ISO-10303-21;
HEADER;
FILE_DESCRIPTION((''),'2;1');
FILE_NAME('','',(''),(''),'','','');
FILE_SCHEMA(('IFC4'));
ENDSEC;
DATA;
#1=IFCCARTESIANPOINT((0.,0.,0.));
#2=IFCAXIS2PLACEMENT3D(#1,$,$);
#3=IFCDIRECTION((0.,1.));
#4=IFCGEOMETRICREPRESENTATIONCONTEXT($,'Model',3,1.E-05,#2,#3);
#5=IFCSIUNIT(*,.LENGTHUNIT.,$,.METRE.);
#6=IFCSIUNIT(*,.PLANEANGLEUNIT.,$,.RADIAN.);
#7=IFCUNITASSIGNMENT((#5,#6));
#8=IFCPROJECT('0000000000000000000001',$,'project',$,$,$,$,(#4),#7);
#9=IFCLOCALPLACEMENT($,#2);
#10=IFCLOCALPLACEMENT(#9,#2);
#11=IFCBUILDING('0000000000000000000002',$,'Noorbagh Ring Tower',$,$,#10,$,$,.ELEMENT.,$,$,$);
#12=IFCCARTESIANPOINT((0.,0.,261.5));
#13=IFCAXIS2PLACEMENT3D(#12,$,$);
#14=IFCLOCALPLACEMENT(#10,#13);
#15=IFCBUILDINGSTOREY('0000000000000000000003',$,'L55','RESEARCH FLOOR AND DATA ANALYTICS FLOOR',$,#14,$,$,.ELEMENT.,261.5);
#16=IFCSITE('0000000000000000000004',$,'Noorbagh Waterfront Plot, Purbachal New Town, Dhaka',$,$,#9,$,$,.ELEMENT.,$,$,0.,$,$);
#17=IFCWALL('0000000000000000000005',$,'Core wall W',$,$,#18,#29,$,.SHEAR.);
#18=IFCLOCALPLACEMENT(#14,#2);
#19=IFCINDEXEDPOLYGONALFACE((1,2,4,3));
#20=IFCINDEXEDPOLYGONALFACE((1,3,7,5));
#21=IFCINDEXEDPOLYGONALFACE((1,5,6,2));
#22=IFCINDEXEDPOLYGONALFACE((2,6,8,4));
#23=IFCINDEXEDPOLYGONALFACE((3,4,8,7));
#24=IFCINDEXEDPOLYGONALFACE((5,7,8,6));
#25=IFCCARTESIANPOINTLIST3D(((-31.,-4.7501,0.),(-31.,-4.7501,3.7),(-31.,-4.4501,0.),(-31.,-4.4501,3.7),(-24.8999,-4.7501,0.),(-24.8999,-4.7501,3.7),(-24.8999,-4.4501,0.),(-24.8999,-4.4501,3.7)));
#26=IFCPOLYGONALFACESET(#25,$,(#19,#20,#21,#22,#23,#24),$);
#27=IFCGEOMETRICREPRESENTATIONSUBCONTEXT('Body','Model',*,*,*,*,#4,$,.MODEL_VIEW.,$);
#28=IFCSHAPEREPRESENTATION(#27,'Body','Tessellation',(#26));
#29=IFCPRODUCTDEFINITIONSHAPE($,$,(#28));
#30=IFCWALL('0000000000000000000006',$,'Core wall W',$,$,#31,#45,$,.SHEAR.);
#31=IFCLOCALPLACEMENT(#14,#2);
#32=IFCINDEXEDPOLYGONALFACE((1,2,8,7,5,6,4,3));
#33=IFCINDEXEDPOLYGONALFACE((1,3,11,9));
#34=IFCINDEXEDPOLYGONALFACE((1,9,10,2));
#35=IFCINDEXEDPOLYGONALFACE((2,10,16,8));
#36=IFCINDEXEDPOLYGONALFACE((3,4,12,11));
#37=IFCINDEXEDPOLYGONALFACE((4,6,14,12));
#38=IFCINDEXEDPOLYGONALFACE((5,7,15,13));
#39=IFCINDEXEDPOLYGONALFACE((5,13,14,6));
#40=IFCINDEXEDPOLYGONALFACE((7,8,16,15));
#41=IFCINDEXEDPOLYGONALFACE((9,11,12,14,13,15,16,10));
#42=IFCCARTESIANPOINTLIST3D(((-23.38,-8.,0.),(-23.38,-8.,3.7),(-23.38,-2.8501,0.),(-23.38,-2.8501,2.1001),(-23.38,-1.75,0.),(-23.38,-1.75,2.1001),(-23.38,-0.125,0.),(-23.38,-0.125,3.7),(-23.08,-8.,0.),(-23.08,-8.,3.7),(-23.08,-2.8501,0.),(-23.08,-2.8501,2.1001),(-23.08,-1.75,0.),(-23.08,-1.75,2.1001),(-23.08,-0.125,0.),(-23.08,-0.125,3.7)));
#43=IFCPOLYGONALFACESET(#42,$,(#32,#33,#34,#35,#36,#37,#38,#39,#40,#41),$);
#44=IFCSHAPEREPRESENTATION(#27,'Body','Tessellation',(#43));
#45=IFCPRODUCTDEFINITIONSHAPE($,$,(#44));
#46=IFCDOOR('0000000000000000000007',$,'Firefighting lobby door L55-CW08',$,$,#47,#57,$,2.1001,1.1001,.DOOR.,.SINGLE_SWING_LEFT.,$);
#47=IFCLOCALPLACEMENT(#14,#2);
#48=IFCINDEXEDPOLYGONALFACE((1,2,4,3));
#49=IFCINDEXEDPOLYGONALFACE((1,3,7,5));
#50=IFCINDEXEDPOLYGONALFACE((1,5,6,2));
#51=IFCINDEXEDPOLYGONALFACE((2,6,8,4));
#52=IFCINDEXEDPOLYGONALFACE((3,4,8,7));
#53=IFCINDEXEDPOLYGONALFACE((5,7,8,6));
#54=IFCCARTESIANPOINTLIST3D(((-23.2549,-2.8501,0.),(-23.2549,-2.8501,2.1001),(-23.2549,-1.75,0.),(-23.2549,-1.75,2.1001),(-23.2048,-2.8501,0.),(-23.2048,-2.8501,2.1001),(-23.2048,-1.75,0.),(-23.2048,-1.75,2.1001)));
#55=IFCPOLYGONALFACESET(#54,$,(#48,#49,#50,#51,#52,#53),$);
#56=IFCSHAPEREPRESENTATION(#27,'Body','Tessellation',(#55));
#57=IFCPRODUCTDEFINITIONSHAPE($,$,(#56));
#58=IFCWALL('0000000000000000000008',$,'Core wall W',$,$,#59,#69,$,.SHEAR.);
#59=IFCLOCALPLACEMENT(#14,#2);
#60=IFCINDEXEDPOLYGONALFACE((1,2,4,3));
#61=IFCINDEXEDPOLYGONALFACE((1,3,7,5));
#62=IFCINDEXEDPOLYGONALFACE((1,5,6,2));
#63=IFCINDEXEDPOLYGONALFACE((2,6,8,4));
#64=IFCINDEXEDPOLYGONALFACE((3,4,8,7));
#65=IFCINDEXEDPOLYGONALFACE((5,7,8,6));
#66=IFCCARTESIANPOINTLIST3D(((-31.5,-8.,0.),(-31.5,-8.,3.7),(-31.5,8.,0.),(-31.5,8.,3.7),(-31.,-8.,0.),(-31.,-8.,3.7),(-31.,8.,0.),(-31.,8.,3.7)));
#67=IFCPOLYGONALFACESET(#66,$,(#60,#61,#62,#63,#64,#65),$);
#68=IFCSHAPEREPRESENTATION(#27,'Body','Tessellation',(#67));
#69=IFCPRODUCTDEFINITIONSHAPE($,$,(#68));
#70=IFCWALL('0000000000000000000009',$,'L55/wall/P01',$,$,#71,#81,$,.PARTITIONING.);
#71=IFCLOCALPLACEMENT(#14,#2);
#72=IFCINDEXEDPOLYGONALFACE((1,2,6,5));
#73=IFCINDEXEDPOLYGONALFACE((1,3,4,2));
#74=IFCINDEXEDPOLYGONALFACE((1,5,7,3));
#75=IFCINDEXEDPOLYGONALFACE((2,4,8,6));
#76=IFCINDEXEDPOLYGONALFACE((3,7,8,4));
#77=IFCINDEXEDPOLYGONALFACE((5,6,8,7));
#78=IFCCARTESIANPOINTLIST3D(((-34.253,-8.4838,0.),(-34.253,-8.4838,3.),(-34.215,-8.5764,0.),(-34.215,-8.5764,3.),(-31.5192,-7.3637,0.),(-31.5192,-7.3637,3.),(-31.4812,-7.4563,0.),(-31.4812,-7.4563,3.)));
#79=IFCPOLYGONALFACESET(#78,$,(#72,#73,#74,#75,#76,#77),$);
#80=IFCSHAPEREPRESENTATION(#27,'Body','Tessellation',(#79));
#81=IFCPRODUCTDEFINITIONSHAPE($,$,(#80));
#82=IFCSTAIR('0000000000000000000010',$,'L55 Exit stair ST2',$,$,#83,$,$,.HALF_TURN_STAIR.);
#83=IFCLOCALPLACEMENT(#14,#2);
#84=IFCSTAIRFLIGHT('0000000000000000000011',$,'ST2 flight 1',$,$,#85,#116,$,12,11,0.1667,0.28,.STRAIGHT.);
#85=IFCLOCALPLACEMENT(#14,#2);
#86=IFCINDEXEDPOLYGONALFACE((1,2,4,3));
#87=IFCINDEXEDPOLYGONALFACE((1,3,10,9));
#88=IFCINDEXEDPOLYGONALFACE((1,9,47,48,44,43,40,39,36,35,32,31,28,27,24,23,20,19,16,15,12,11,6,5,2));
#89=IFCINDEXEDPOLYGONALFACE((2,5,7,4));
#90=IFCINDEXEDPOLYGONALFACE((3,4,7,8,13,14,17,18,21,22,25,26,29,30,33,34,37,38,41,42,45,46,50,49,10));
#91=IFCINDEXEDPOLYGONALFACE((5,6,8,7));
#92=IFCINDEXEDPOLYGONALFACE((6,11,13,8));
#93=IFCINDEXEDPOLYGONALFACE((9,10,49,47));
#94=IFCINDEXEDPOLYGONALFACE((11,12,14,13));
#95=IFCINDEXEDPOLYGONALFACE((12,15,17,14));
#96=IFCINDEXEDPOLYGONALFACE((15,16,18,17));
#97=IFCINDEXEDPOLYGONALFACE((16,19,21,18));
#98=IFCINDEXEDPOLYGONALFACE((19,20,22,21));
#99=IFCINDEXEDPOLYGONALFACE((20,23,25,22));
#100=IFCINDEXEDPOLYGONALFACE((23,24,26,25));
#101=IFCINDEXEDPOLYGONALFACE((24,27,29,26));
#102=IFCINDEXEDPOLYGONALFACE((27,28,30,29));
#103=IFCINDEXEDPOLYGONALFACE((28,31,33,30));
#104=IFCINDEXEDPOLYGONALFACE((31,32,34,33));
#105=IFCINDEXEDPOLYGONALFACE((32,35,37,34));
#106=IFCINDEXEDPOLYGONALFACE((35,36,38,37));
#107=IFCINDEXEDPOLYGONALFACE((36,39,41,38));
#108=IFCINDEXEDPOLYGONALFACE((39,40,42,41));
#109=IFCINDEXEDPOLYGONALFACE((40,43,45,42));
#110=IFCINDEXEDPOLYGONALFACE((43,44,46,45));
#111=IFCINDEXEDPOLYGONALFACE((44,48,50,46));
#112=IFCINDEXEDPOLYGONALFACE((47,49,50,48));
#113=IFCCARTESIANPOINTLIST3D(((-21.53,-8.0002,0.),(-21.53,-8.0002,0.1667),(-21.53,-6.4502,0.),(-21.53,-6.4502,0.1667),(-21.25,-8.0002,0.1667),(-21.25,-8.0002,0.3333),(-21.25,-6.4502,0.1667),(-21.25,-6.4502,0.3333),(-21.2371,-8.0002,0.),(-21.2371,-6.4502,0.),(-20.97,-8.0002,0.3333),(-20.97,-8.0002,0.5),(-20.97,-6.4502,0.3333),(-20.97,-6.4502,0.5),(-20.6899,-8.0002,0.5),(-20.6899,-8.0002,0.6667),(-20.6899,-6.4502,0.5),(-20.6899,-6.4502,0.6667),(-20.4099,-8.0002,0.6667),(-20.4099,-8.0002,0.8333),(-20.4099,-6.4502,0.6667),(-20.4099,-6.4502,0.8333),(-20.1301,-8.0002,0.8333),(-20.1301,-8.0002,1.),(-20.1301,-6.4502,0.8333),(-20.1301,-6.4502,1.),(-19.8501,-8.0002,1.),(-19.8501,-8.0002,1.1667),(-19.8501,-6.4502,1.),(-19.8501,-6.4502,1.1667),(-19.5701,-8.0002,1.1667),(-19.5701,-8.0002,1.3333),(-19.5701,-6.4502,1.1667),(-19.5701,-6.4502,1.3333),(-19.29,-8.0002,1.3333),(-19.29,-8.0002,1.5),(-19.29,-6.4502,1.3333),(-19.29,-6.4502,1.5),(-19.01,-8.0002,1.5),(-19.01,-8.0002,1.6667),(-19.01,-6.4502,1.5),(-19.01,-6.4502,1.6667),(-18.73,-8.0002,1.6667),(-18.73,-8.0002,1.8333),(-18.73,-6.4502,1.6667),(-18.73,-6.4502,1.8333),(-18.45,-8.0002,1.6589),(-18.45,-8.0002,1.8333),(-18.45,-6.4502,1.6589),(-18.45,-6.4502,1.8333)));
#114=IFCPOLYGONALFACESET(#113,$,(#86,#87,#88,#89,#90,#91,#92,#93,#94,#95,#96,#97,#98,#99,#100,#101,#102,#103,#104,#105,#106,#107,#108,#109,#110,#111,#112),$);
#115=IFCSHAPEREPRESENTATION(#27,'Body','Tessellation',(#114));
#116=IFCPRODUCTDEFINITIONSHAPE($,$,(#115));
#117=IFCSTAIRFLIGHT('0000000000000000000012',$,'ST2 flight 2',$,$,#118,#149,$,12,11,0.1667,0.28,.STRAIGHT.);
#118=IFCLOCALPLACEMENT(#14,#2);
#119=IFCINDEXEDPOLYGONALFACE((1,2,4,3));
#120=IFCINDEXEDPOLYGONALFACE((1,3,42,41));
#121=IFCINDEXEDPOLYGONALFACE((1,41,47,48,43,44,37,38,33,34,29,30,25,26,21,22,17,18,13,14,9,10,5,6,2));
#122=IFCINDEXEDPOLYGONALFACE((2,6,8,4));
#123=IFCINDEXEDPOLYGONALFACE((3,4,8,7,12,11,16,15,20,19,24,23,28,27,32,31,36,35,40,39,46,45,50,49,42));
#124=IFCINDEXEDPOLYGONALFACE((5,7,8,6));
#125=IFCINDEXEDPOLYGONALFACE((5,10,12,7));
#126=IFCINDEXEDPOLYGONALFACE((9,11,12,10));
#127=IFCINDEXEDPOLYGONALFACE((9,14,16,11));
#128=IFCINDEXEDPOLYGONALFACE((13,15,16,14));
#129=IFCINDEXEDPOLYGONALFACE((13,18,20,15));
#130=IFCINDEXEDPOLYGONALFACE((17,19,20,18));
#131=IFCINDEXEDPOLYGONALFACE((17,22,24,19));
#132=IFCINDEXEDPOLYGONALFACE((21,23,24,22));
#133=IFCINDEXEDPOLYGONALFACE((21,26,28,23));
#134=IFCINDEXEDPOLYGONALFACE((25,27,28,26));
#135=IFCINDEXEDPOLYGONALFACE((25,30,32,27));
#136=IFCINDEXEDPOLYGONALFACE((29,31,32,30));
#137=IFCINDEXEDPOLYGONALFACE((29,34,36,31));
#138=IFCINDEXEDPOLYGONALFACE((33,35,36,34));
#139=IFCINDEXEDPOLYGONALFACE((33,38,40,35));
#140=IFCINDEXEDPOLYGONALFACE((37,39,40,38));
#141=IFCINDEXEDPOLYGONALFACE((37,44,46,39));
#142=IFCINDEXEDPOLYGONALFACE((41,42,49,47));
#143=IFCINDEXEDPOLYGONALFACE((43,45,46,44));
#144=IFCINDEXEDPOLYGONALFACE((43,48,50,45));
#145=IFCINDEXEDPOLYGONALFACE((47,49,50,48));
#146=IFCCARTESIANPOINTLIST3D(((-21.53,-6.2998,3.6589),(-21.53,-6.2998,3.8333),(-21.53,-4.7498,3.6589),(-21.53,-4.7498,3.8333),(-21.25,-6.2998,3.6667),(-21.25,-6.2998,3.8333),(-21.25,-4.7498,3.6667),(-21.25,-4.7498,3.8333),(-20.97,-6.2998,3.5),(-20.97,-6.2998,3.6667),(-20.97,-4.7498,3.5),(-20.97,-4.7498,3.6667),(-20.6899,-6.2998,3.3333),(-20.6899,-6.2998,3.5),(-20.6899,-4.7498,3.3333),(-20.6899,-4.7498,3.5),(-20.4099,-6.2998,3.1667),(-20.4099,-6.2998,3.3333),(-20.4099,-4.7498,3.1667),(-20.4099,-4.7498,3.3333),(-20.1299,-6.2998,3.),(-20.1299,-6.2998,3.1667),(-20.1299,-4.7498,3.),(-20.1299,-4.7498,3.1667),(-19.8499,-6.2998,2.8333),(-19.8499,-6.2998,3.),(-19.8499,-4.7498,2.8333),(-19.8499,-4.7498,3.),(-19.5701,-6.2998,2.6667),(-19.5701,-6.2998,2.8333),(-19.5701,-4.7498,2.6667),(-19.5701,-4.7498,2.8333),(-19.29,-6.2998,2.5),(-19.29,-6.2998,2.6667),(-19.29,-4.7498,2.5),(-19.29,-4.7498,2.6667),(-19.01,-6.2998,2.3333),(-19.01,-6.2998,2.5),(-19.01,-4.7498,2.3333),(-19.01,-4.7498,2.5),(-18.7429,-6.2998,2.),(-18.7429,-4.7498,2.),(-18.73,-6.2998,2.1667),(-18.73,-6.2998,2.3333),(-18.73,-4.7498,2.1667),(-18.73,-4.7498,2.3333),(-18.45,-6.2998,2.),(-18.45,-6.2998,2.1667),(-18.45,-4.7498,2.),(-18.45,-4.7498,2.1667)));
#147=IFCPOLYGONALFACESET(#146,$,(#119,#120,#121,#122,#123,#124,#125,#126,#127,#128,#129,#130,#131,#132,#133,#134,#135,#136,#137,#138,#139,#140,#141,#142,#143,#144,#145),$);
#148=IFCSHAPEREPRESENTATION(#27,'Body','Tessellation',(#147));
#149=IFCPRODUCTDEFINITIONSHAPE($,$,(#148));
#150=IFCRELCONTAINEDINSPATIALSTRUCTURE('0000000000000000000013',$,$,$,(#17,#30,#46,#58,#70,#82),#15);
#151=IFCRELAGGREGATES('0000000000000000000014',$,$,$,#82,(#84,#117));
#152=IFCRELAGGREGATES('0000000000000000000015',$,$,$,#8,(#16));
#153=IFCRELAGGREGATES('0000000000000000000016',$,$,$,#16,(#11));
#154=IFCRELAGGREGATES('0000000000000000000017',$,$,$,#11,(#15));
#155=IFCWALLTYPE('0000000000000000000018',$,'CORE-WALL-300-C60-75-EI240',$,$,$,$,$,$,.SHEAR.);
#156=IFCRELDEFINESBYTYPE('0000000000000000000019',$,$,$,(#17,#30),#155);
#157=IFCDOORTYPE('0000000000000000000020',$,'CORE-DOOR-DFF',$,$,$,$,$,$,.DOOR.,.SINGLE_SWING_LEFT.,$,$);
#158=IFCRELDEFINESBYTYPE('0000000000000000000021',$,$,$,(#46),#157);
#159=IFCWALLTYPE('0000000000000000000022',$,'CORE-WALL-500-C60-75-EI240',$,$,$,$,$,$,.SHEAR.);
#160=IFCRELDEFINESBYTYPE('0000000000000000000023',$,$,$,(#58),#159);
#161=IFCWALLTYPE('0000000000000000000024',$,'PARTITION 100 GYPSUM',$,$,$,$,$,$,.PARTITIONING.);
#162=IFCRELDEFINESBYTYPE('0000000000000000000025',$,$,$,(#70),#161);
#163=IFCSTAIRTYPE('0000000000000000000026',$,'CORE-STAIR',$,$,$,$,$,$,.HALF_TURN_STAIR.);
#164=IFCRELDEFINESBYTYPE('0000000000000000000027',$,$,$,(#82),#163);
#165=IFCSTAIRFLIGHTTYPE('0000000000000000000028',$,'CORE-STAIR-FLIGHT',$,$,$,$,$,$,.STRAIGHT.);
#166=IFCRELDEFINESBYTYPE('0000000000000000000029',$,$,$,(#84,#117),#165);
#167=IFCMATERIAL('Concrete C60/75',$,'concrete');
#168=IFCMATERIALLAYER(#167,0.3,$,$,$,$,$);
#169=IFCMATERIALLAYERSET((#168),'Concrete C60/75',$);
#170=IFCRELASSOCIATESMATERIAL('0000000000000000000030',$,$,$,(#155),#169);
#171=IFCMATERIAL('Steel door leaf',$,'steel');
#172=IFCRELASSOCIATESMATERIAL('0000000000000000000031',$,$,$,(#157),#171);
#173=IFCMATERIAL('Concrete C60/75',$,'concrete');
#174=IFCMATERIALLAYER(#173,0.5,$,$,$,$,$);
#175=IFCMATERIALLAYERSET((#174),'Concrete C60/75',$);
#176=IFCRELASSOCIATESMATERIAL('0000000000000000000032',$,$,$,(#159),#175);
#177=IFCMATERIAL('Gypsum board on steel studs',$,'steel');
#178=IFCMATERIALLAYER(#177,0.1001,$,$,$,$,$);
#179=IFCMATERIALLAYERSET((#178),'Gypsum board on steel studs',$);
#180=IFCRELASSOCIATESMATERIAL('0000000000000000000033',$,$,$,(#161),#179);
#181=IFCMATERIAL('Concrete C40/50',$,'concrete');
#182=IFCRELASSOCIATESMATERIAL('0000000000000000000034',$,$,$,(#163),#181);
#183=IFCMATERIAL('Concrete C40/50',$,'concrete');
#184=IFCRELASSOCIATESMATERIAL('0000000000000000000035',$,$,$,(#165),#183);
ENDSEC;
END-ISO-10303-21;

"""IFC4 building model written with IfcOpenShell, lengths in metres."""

from ifc_helpers import new_model, si_unit, direction, frame, frame_2d, origin, place, context, subcontext, project, spatial, polyline, rectangle, outline, extrude, material, layer, layer_set, type_object, element, fill, aggregate, save


model = new_model("IFC4")

# Units and contexts
model_context = context("Model", 3, precision=1e-05, world=origin(), true_north=direction((0.0, 1.0)))
body_context = subcontext(model_context, "Body", "Model", "MODEL_VIEW")
ifc_project = project(units=[si_unit("LENGTHUNIT", "METRE"), si_unit("PLANEANGLEUNIT", "RADIAN")], contexts=[model_context])

# Site, building, storey
site_placement = place(None, origin())
site = spatial("IfcSite", under=ifc_project, at=site_placement, Name="Noorbagh Waterfront Plot, Purbachal New Town, Dhaka", CompositionType="ELEMENT", RefElevation=0.0)
building_placement = place(site_placement, origin())
building = spatial("IfcBuilding", under=site, at=building_placement, Name="Noorbagh Ring Tower", CompositionType="ELEMENT")
storey_placement = place(building_placement, frame((0.0, 0.0, 261.5)))
storey = spatial("IfcBuildingStorey", under=building, at=storey_placement, Name="L55", Description="RESEARCH FLOOR AND DATA ANALYTICS FLOOR", CompositionType="ELEMENT", Elevation=261.5)

# Wall
ifc_material_1 = material(Name="Concrete C60/75", Category="concrete")
ifc_layer_1 = layer(ifc_material_1, 0.3)
ifc_layer_set_1 = layer_set([ifc_layer_1], Name="Concrete C60/75")
wall_type_1 = type_object("IfcWallType", Name="CORE-WALL-300-C60-75-EI240", PredefinedType="SHEAR", material=ifc_layer_set_1)
wall_1_placement = place(storey_placement, frame((-24.8999, -4.6001, 0.0), z_axis=(0.0, 0.0, 1.0), x_axis=(-1.0, 0.0, 0.0)))
element("IfcWall", 1, at=wall_1_placement, inside=storey, type_object=wall_type_1, Name="Core wall W", PredefinedType="SHEAR", context=body_context, shape_type="SweptSolid", body=[
    extrude(rectangle(XDim=6.1001, YDim=0.3, at=frame_2d((3.05, 0.0))), origin(), (0.0, 0.0, 1.0), 3.7),
])

# Wall, opening, door
wall_2_placement = place(storey_placement, frame((-23.23, -8.0, 0.0), z_axis=(0.0, 0.0, 1.0), x_axis=(0.0, 1.0, 0.0)))
wall_2 = element("IfcWall", 2, at=wall_2_placement, inside=storey, type_object=wall_type_1, Name="Core wall W", PredefinedType="SHEAR", context=body_context, shape_type="SweptSolid", body=[
    extrude(rectangle(XDim=7.875, YDim=0.3, at=frame_2d((3.9375, 0.0))), origin(), (0.0, 0.0, 1.0), 3.7),
])
opening_1_placement = place(wall_2_placement, frame((5.1499, 0.0, 0.0)))
opening_1 = element("IfcOpeningElement", 3, at=opening_1_placement, cuts=wall_2, PredefinedType="OPENING", context=body_context, shape_type="SweptSolid", body=[
    extrude(rectangle(XDim=1.1001, YDim=2.1001, at=frame_2d((0.55, 1.05))), frame((0.0, 0.1602, 0.0), z_axis=(0.0, -1.0, 0.0), x_axis=(1.0, 0.0, 0.0)), (0.0, 0.0, 1.0), 0.3201),
])
ifc_material_2 = material(Name="Steel door leaf", Category="steel")
door_type_1 = type_object("IfcDoorType", Name="CORE-DOOR-DFF", OperationType="SINGLE_SWING_LEFT", PredefinedType="DOOR", material=ifc_material_2)
door_1_placement = place(opening_1_placement, origin())
door_1 = element("IfcDoor", 4, at=door_1_placement, inside=storey, type_object=door_type_1, Name="Firefighting lobby door L55-CW08", OperationType="SINGLE_SWING_LEFT", OverallHeight=2.1001, OverallWidth=1.1001, PredefinedType="DOOR", context=body_context, shape_type="SweptSolid", body=[
    extrude(rectangle(XDim=1.1001, YDim=2.1001, at=frame_2d((0.55, 1.05))), frame((0.0, 0.0249, 0.0), z_axis=(0.0, -1.0, 0.0), x_axis=(1.0, 0.0, 0.0)), (0.0, 0.0, 1.0), 0.05),
])
fill(opening_1, door_1)

# Walls
ifc_material_3 = material(Name="Concrete C60/75", Category="concrete")
ifc_layer_2 = layer(ifc_material_3, 0.5)
ifc_layer_set_2 = layer_set([ifc_layer_2], Name="Concrete C60/75")
wall_type_2 = type_object("IfcWallType", Name="CORE-WALL-500-C60-75-EI240", PredefinedType="SHEAR", material=ifc_layer_set_2)
wall_3_placement = place(storey_placement, frame((-31.25, -8.0, 0.0), z_axis=(0.0, 0.0, 1.0), x_axis=(0.0, 1.0, 0.0)))
element("IfcWall", 5, at=wall_3_placement, inside=storey, type_object=wall_type_2, Name="Core wall W", PredefinedType="SHEAR", context=body_context, shape_type="SweptSolid", body=[
    extrude(rectangle(XDim=16.0, YDim=0.5, at=frame_2d((8.0, 0.0))), origin(), (0.0, 0.0, 1.0), 3.7),
])
ifc_material_4 = material(Name="Gypsum board on steel studs", Category="steel")
ifc_layer_3 = layer(ifc_material_4, 0.1001)
ifc_layer_set_3 = layer_set([ifc_layer_3], Name="Gypsum board on steel studs")
wall_type_3 = type_object("IfcWallType", Name="PARTITION 100 GYPSUM", PredefinedType="PARTITIONING", material=ifc_layer_set_3)
wall_4_placement = place(storey_placement, frame((-34.2339, -8.53, 0.0), z_axis=(0.0, 0.0, 1.0), x_axis=(0.925344, 0.379128, 0.0)))
element("IfcWall", 6, at=wall_4_placement, inside=storey, type_object=wall_type_3, Name="L55/wall/P01", PredefinedType="PARTITIONING", context=body_context, shape_type="SweptSolid", body=[
    extrude(rectangle(XDim=2.9543, YDim=0.1001, at=frame_2d((1.4771, 0.0))), origin(), (0.0, 0.0, 1.0), 3.0),
])

# Stair, stair flights
ifc_material_5 = material(Name="Concrete C40/50", Category="concrete")
stair_type = type_object("IfcStairType", Name="CORE-STAIR", PredefinedType="HALF_TURN_STAIR", material=ifc_material_5)
stair_placement = place(storey_placement, origin())
stair = element("IfcStair", 7, at=stair_placement, inside=storey, type_object=stair_type, Name="L55 Exit stair ST2", PredefinedType="HALF_TURN_STAIR")
ifc_material_6 = material(Name="Concrete C40/50", Category="concrete")
stair_flight_type = type_object("IfcStairFlightType", Name="CORE-STAIR-FLIGHT", PredefinedType="STRAIGHT", material=ifc_material_6)
stair_flight_1_placement = place(storey_placement, frame((-21.53, -7.2251, 0.0), z_axis=(0.0, 0.0, 1.0), x_axis=(1.0, 0.0, 0.0)))
stair_flight_1 = element("IfcStairFlight", 8, at=stair_flight_1_placement, type_object=stair_flight_type, Name="ST2 flight 1", NumberOfRisers=12, NumberOfTreads=11, PredefinedType="STRAIGHT", RiserHeight=0.1667, TreadLength=0.28, context=body_context, shape_type="SweptSolid", body=[
    extrude(outline(polyline([(0.0, 0.0), (0.0, 0.1667), (0.28, 0.1667), (0.28, 0.3333), (0.5601, 0.3333), (0.5601, 0.5), (0.8401, 0.5), (0.8401, 0.6667), (1.1201, 0.6667), (1.1201, 0.8333), (1.3999, 0.8333), (1.3999, 1.0), (1.6799, 1.0), (1.6799, 1.1667), (1.96, 1.1667), (1.96, 1.3333), (2.24, 1.3333), (2.24, 1.5), (2.52, 1.5), (2.52, 1.6667), (2.8, 1.6667), (2.8, 1.8333), (3.0801, 1.8333), (3.0801, 2.0), (3.0801, 1.6589), (0.293, 0.0), (0.0, 0.0)])), frame((0.0, 0.7749, 0.0), z_axis=(0.0, -1.0, 0.0), x_axis=(1.0, 0.0, 0.0)), (0.0, 0.0, 1.0), 1.55),
])
stair_flight_2_placement = place(storey_placement, frame((-18.45, -5.5249, 2.0), z_axis=(0.0, 0.0, 1.0), x_axis=(-1.0, 0.0, 0.0)))
stair_flight_2 = element("IfcStairFlight", 9, at=stair_flight_2_placement, type_object=stair_flight_type, Name="ST2 flight 2", NumberOfRisers=12, NumberOfTreads=11, PredefinedType="STRAIGHT", RiserHeight=0.1667, TreadLength=0.28, context=body_context, shape_type="SweptSolid", body=[
    extrude(outline(polyline([(0.0, 0.0), (0.0, 0.1667), (0.28, 0.1667), (0.28, 0.3333), (0.5601, 0.3333), (0.5601, 0.5), (0.8401, 0.5), (0.8401, 0.6667), (1.1201, 0.6667), (1.1201, 0.8333), (1.3999, 0.8333), (1.3999, 1.0), (1.6799, 1.0), (1.6799, 1.1667), (1.96, 1.1667), (1.96, 1.3333), (2.24, 1.3333), (2.24, 1.5), (2.52, 1.5), (2.52, 1.6667), (2.8, 1.6667), (2.8, 1.8333), (3.0801, 1.8333), (3.0801, 2.0), (3.0801, 1.6589), (0.293, 0.0), (0.0, 0.0)])), frame((0.0, 0.7749, 0.0), z_axis=(0.0, -1.0, 0.0), x_axis=(1.0, 0.0, 0.0)), (0.0, 0.0, 1.0), 1.55),
])
aggregate(stair, [stair_flight_1, stair_flight_2])

save(model, "model.ifc")
